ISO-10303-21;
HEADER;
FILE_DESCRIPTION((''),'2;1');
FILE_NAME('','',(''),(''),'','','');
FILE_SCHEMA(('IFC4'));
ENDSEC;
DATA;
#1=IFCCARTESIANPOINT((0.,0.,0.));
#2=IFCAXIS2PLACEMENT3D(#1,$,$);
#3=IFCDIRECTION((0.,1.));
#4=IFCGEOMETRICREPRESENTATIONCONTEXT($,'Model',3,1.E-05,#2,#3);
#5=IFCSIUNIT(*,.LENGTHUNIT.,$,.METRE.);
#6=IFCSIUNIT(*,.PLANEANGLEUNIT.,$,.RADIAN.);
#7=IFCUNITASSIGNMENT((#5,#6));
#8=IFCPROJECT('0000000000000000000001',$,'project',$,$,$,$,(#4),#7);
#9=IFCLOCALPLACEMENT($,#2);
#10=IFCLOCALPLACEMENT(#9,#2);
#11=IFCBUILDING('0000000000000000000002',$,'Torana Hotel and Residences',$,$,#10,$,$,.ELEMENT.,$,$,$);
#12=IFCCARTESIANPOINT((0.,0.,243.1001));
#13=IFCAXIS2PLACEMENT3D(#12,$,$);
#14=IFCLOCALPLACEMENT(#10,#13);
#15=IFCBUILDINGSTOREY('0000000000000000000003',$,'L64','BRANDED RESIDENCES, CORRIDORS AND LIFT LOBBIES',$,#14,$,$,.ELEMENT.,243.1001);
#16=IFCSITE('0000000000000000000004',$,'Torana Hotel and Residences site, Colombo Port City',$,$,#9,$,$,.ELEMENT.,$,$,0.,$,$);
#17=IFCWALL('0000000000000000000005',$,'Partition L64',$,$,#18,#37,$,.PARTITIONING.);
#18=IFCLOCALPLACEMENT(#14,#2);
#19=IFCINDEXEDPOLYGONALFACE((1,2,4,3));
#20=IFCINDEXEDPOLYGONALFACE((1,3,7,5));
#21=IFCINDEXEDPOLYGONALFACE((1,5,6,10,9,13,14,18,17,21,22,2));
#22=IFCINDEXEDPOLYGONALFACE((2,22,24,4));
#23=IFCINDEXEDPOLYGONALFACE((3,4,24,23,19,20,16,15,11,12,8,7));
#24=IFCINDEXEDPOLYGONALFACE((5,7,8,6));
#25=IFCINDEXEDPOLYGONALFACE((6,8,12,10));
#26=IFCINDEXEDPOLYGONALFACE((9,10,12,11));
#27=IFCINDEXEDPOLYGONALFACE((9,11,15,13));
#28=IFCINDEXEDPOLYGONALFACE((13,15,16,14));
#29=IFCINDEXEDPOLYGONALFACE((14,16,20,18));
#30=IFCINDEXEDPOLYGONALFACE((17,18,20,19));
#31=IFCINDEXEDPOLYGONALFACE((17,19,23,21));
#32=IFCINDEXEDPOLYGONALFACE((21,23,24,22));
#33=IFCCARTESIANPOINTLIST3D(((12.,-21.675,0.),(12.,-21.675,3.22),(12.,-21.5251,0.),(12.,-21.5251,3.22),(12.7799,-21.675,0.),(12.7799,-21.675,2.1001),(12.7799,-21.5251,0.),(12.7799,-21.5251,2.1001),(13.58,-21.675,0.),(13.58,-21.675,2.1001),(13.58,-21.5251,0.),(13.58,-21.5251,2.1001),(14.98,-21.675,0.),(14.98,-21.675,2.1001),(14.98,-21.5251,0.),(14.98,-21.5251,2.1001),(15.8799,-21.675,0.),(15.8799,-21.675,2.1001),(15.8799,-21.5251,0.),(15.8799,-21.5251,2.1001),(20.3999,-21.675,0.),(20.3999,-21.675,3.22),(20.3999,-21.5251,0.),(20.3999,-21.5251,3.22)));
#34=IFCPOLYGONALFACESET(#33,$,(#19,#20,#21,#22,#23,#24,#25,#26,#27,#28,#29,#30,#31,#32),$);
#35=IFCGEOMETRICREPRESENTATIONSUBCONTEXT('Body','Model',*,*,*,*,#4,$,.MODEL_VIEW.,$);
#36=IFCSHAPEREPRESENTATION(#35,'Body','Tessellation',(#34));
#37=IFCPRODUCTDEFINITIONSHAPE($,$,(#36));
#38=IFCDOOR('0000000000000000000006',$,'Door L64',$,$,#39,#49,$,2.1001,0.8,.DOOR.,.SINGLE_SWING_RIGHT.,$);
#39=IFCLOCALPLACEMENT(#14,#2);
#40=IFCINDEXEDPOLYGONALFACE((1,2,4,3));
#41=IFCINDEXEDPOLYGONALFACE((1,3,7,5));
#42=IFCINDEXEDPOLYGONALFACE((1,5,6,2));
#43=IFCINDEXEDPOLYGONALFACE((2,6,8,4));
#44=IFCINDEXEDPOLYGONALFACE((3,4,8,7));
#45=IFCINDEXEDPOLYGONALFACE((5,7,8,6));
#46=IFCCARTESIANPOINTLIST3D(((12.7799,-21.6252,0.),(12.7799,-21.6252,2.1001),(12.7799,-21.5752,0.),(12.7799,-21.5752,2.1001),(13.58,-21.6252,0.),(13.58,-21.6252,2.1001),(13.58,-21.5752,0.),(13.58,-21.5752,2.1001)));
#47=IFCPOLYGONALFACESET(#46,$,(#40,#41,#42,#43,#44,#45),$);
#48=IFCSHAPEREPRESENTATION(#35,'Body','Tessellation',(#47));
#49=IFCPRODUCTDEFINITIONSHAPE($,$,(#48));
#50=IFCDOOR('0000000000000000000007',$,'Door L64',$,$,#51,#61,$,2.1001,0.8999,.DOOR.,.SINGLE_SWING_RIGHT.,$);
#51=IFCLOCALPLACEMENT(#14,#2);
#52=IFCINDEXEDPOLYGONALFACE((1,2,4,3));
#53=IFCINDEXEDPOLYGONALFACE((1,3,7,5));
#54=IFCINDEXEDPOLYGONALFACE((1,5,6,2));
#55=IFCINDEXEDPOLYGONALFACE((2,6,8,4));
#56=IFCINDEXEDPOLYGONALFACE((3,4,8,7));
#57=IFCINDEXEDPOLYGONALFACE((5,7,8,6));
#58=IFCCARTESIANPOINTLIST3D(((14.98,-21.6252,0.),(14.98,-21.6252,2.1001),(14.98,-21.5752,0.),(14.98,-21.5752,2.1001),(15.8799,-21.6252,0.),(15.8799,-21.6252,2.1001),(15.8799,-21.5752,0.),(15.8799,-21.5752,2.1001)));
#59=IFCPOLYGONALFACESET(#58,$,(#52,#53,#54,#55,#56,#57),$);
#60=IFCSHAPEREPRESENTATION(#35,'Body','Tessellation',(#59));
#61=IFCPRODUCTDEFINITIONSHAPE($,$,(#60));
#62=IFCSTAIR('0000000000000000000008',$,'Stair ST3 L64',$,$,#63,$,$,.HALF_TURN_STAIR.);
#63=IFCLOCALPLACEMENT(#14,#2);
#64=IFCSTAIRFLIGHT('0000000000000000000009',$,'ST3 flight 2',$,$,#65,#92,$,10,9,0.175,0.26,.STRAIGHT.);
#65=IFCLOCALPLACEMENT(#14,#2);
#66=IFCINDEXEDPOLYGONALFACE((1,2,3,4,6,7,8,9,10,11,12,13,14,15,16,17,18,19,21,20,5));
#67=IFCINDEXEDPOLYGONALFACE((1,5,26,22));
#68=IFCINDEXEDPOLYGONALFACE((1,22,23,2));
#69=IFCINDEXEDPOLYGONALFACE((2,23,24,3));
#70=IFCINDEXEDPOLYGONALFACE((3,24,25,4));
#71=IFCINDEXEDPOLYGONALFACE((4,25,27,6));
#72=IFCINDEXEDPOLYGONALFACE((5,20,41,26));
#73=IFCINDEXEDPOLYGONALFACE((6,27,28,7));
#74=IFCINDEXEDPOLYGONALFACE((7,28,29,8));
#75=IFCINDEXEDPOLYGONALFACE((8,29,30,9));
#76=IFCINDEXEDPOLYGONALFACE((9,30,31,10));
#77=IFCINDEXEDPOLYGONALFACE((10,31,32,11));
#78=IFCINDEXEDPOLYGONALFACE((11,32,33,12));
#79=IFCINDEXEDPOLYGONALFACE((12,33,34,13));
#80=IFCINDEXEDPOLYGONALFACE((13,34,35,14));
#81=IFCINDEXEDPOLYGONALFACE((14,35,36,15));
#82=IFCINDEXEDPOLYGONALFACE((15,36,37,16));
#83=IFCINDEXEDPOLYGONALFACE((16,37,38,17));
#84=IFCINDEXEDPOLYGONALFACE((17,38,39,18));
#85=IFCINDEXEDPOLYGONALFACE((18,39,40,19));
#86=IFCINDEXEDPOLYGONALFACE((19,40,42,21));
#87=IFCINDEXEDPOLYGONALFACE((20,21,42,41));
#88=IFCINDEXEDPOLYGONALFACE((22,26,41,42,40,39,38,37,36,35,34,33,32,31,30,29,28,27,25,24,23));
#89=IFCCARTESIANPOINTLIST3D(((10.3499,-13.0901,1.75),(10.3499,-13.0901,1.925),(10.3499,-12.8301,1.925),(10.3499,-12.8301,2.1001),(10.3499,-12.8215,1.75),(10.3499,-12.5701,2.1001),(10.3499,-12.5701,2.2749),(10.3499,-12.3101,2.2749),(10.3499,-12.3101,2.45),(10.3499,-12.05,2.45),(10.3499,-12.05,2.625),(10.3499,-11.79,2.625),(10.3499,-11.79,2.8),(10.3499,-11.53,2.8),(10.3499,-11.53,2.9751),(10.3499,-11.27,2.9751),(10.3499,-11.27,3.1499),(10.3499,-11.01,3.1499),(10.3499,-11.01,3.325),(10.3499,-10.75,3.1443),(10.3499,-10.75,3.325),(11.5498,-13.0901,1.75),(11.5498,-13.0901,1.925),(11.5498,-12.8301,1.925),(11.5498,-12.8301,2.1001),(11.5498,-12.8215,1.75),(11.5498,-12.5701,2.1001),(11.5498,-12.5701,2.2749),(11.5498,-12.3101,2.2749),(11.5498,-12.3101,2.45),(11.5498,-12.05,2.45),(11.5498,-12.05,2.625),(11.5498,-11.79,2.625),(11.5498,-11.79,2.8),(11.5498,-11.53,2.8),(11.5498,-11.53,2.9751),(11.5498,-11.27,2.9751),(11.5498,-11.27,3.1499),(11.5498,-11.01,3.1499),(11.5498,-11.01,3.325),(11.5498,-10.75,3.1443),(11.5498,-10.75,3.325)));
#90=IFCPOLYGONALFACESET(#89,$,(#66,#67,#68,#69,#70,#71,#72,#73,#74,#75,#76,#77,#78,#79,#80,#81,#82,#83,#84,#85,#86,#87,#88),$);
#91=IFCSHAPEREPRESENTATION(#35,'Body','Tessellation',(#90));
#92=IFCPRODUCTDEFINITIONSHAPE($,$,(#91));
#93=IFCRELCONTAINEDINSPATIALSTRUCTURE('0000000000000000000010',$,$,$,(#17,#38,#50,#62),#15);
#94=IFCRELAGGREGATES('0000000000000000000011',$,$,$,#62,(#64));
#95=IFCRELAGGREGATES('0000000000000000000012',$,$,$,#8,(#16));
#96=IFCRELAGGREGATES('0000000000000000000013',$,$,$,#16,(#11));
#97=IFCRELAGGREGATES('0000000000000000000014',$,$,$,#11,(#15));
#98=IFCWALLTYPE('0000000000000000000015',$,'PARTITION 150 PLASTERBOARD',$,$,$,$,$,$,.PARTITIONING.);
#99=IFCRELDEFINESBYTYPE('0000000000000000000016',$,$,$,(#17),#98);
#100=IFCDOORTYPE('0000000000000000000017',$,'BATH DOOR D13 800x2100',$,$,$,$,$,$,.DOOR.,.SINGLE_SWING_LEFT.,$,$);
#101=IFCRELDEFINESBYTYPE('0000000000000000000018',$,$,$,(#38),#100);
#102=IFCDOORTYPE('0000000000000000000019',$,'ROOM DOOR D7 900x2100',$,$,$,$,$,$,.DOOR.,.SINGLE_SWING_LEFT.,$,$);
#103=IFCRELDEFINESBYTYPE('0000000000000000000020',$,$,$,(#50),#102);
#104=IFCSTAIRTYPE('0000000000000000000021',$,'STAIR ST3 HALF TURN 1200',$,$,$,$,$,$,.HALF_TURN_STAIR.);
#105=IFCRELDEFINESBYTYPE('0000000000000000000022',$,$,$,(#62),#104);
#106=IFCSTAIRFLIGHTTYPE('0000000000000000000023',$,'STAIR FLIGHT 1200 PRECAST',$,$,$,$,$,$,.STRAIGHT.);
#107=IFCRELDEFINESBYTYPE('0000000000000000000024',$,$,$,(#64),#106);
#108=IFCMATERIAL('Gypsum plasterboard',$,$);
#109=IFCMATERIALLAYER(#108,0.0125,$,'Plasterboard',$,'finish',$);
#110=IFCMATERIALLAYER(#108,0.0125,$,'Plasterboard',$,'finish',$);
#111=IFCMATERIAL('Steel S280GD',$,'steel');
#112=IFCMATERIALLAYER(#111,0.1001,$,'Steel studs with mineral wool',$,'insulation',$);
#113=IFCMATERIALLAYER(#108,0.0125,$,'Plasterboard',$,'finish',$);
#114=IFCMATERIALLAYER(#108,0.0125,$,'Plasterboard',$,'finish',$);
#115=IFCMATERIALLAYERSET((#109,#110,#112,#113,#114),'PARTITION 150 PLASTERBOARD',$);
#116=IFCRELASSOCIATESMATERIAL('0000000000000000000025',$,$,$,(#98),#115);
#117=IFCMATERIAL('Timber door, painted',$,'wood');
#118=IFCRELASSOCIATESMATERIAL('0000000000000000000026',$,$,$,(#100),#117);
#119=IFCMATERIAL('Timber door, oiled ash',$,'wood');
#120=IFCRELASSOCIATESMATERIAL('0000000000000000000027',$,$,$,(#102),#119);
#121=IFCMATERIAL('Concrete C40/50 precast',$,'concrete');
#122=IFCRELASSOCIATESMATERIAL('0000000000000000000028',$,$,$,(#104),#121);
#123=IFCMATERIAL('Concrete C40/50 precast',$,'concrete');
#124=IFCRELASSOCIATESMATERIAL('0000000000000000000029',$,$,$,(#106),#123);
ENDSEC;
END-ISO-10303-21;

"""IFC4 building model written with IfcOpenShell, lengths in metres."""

from ifc_helpers import new_model, si_unit, direction, frame, frame_2d, origin, place, context, subcontext, project, spatial, polyline, rectangle, outline, extrude, material, layer, layer_set, type_object, element, fill, aggregate, save


model = new_model("IFC4")

# Units and contexts
model_context = context("Model", 3, precision=1e-05, world=origin(), true_north=direction((0.0, 1.0)))
body_context = subcontext(model_context, "Body", "Model", "MODEL_VIEW")
ifc_project = project(units=[si_unit("LENGTHUNIT", "METRE"), si_unit("PLANEANGLEUNIT", "RADIAN")], contexts=[model_context])

# Site, building, storey
site_placement = place(None, origin())
site = spatial("IfcSite", under=ifc_project, at=site_placement, Name="Torana Hotel and Residences site, Colombo Port City", CompositionType="ELEMENT", RefElevation=0.0)
building_placement = place(site_placement, origin())
building = spatial("IfcBuilding", under=site, at=building_placement, Name="Torana Hotel and Residences", CompositionType="ELEMENT")
storey_placement = place(building_placement, frame((0.0, 0.0, 243.1001)))
storey = spatial("IfcBuildingStorey", under=building, at=storey_placement, Name="L64", Description="BRANDED RESIDENCES, CORRIDORS AND LIFT LOBBIES", CompositionType="ELEMENT", Elevation=243.1001)

# Shared definitions
ifc_material_1 = material(Name="Gypsum plasterboard")
ifc_layer_1 = layer(ifc_material_1, 0.0125, Name="Plasterboard", Category="finish")
ifc_layer_2 = layer(ifc_material_1, 0.0125, Name="Plasterboard", Category="finish")
ifc_material_2 = material(Name="Steel S280GD", Category="steel")
ifc_layer_3 = layer(ifc_material_2, 0.1001, Name="Steel studs with mineral wool", Category="insulation")
ifc_layer_4 = layer(ifc_material_1, 0.0125, Name="Plasterboard", Category="finish")
ifc_layer_5 = layer(ifc_material_1, 0.0125, Name="Plasterboard", Category="finish")
ifc_layer_set_1 = layer_set([ifc_layer_1, ifc_layer_2, ifc_layer_3, ifc_layer_4, ifc_layer_5], Name="PARTITION 150 PLASTERBOARD")
wall_type_1 = type_object("IfcWallType", Name="PARTITION 150 PLASTERBOARD", PredefinedType="PARTITIONING", material=ifc_layer_set_1)

# Wall, openings, doors
wall_1_placement = place(storey_placement, frame((12.0, -21.6001, 0.0), z_axis=(0.0, 0.0, 1.0), x_axis=(1.0, 0.0, 0.0)))
wall_1 = element("IfcWall", 1, at=wall_1_placement, inside=storey, type_object=wall_type_1, Name="Partition L64", PredefinedType="PARTITIONING", context=body_context, shape_type="SweptSolid", body=[
    extrude(rectangle(XDim=8.3999, YDim=0.1499, at=frame_2d((4.2, 0.0))), origin(), (0.0, 0.0, 1.0), 3.22),
])
opening_1_placement = place(wall_1_placement, frame((0.78, 0.0, 0.0)))
opening_1 = element("IfcOpeningElement", 2, at=opening_1_placement, cuts=wall_1, PredefinedType="OPENING", context=body_context, shape_type="SweptSolid", body=[
    extrude(rectangle(XDim=0.8, YDim=2.1001, at=frame_2d((0.3999, 1.05))), frame((0.0, 0.085, 0.0), z_axis=(0.0, -1.0, 0.0), x_axis=(1.0, 0.0, 0.0)), (0.0, 0.0, 1.0), 0.1699),
])
opening_2_placement = place(wall_1_placement, frame((2.98, 0.0, 0.0)))
opening_2 = element("IfcOpeningElement", 3, at=opening_2_placement, cuts=wall_1, PredefinedType="OPENING", context=body_context, shape_type="SweptSolid", body=[
    extrude(rectangle(XDim=0.8999, YDim=2.1001, at=frame_2d((0.45, 1.05))), frame((0.0, 0.085, 0.0), z_axis=(0.0, -1.0, 0.0), x_axis=(1.0, 0.0, 0.0)), (0.0, 0.0, 1.0), 0.1699),
])
ifc_material_3 = material(Name="Timber door, painted", Category="wood")
door_type_1 = type_object("IfcDoorType", Name="BATH DOOR D13 800x2100", OperationType="SINGLE_SWING_LEFT", PredefinedType="DOOR", material=ifc_material_3)
door_1_placement = place(opening_1_placement, origin())
door_1 = element("IfcDoor", 4, at=door_1_placement, inside=storey, type_object=door_type_1, Name="Door L64", OperationType="SINGLE_SWING_RIGHT", OverallHeight=2.1001, OverallWidth=0.8, PredefinedType="DOOR", context=body_context, shape_type="SweptSolid", body=[
    extrude(rectangle(XDim=0.8, YDim=2.1001, at=frame_2d((0.3999, 1.05))), frame((0.0, 0.0249, 0.0), z_axis=(0.0, -1.0, 0.0), x_axis=(1.0, 0.0, 0.0)), (0.0, 0.0, 1.0), 0.05),
])
fill(opening_1, door_1)
ifc_material_4 = material(Name="Timber door, oiled ash", Category="wood")
door_type_2 = type_object("IfcDoorType", Name="ROOM DOOR D7 900x2100", OperationType="SINGLE_SWING_LEFT", PredefinedType="DOOR", material=ifc_material_4)
door_2_placement = place(opening_2_placement, origin())
door_2 = element("IfcDoor", 5, at=door_2_placement, inside=storey, type_object=door_type_2, Name="Door L64", OperationType="SINGLE_SWING_RIGHT", OverallHeight=2.1001, OverallWidth=0.8999, PredefinedType="DOOR", context=body_context, shape_type="SweptSolid", body=[
    extrude(rectangle(XDim=0.8999, YDim=2.1001, at=frame_2d((0.45, 1.05))), frame((0.0, 0.0249, 0.0), z_axis=(0.0, -1.0, 0.0), x_axis=(1.0, 0.0, 0.0)), (0.0, 0.0, 1.0), 0.05),
])
fill(opening_2, door_2)

# Stair, stair flight
ifc_material_5 = material(Name="Concrete C40/50 precast", Category="concrete")
stair_type = type_object("IfcStairType", Name="STAIR ST3 HALF TURN 1200", PredefinedType="HALF_TURN_STAIR", material=ifc_material_5)
stair_placement = place(storey_placement, origin())
stair = element("IfcStair", 6, at=stair_placement, inside=storey, type_object=stair_type, Name="Stair ST3 L64", PredefinedType="HALF_TURN_STAIR")
ifc_material_6 = material(Name="Concrete C40/50 precast", Category="concrete")
stair_flight_type = type_object("IfcStairFlightType", Name="STAIR FLIGHT 1200 PRECAST", PredefinedType="STRAIGHT", material=ifc_material_6)
stair_flight_placement = place(storey_placement, frame((10.95, -13.0901, 1.75), z_axis=(0.0, 0.0, 1.0), x_axis=(0.0, 1.0, 0.0)))
stair_flight = element("IfcStairFlight", 7, at=stair_flight_placement, type_object=stair_flight_type, Name="ST3 flight 2", NumberOfRisers=10, NumberOfTreads=9, PredefinedType="STRAIGHT", RiserHeight=0.175, TreadLength=0.26, context=body_context, shape_type="SweptSolid", body=[
    extrude(outline(polyline([(0.0, 0.0), (0.0, 0.175), (0.26, 0.175), (0.26, 0.3501), (0.52, 0.3501), (0.52, 0.5249), (0.78, 0.5249), (0.78, 0.7), (1.04, 0.7), (1.04, 0.875), (1.3, 0.875), (1.3, 1.05), (1.5601, 1.05), (1.5601, 1.2251), (1.8201, 1.2251), (1.8201, 1.3999), (2.0801, 1.3999), (2.0801, 1.575), (2.3401, 1.575), (2.3401, 1.75), (2.3401, 1.3943), (0.2686, 0.0), (0.0, 0.0)])), frame((0.0, 0.6001, 0.0), z_axis=(0.0, -1.0, 0.0), x_axis=(1.0, 0.0, 0.0)), (0.0, 0.0, 1.0), 1.2),
])
aggregate(stair, [stair_flight])

save(model, "model.ifc")
